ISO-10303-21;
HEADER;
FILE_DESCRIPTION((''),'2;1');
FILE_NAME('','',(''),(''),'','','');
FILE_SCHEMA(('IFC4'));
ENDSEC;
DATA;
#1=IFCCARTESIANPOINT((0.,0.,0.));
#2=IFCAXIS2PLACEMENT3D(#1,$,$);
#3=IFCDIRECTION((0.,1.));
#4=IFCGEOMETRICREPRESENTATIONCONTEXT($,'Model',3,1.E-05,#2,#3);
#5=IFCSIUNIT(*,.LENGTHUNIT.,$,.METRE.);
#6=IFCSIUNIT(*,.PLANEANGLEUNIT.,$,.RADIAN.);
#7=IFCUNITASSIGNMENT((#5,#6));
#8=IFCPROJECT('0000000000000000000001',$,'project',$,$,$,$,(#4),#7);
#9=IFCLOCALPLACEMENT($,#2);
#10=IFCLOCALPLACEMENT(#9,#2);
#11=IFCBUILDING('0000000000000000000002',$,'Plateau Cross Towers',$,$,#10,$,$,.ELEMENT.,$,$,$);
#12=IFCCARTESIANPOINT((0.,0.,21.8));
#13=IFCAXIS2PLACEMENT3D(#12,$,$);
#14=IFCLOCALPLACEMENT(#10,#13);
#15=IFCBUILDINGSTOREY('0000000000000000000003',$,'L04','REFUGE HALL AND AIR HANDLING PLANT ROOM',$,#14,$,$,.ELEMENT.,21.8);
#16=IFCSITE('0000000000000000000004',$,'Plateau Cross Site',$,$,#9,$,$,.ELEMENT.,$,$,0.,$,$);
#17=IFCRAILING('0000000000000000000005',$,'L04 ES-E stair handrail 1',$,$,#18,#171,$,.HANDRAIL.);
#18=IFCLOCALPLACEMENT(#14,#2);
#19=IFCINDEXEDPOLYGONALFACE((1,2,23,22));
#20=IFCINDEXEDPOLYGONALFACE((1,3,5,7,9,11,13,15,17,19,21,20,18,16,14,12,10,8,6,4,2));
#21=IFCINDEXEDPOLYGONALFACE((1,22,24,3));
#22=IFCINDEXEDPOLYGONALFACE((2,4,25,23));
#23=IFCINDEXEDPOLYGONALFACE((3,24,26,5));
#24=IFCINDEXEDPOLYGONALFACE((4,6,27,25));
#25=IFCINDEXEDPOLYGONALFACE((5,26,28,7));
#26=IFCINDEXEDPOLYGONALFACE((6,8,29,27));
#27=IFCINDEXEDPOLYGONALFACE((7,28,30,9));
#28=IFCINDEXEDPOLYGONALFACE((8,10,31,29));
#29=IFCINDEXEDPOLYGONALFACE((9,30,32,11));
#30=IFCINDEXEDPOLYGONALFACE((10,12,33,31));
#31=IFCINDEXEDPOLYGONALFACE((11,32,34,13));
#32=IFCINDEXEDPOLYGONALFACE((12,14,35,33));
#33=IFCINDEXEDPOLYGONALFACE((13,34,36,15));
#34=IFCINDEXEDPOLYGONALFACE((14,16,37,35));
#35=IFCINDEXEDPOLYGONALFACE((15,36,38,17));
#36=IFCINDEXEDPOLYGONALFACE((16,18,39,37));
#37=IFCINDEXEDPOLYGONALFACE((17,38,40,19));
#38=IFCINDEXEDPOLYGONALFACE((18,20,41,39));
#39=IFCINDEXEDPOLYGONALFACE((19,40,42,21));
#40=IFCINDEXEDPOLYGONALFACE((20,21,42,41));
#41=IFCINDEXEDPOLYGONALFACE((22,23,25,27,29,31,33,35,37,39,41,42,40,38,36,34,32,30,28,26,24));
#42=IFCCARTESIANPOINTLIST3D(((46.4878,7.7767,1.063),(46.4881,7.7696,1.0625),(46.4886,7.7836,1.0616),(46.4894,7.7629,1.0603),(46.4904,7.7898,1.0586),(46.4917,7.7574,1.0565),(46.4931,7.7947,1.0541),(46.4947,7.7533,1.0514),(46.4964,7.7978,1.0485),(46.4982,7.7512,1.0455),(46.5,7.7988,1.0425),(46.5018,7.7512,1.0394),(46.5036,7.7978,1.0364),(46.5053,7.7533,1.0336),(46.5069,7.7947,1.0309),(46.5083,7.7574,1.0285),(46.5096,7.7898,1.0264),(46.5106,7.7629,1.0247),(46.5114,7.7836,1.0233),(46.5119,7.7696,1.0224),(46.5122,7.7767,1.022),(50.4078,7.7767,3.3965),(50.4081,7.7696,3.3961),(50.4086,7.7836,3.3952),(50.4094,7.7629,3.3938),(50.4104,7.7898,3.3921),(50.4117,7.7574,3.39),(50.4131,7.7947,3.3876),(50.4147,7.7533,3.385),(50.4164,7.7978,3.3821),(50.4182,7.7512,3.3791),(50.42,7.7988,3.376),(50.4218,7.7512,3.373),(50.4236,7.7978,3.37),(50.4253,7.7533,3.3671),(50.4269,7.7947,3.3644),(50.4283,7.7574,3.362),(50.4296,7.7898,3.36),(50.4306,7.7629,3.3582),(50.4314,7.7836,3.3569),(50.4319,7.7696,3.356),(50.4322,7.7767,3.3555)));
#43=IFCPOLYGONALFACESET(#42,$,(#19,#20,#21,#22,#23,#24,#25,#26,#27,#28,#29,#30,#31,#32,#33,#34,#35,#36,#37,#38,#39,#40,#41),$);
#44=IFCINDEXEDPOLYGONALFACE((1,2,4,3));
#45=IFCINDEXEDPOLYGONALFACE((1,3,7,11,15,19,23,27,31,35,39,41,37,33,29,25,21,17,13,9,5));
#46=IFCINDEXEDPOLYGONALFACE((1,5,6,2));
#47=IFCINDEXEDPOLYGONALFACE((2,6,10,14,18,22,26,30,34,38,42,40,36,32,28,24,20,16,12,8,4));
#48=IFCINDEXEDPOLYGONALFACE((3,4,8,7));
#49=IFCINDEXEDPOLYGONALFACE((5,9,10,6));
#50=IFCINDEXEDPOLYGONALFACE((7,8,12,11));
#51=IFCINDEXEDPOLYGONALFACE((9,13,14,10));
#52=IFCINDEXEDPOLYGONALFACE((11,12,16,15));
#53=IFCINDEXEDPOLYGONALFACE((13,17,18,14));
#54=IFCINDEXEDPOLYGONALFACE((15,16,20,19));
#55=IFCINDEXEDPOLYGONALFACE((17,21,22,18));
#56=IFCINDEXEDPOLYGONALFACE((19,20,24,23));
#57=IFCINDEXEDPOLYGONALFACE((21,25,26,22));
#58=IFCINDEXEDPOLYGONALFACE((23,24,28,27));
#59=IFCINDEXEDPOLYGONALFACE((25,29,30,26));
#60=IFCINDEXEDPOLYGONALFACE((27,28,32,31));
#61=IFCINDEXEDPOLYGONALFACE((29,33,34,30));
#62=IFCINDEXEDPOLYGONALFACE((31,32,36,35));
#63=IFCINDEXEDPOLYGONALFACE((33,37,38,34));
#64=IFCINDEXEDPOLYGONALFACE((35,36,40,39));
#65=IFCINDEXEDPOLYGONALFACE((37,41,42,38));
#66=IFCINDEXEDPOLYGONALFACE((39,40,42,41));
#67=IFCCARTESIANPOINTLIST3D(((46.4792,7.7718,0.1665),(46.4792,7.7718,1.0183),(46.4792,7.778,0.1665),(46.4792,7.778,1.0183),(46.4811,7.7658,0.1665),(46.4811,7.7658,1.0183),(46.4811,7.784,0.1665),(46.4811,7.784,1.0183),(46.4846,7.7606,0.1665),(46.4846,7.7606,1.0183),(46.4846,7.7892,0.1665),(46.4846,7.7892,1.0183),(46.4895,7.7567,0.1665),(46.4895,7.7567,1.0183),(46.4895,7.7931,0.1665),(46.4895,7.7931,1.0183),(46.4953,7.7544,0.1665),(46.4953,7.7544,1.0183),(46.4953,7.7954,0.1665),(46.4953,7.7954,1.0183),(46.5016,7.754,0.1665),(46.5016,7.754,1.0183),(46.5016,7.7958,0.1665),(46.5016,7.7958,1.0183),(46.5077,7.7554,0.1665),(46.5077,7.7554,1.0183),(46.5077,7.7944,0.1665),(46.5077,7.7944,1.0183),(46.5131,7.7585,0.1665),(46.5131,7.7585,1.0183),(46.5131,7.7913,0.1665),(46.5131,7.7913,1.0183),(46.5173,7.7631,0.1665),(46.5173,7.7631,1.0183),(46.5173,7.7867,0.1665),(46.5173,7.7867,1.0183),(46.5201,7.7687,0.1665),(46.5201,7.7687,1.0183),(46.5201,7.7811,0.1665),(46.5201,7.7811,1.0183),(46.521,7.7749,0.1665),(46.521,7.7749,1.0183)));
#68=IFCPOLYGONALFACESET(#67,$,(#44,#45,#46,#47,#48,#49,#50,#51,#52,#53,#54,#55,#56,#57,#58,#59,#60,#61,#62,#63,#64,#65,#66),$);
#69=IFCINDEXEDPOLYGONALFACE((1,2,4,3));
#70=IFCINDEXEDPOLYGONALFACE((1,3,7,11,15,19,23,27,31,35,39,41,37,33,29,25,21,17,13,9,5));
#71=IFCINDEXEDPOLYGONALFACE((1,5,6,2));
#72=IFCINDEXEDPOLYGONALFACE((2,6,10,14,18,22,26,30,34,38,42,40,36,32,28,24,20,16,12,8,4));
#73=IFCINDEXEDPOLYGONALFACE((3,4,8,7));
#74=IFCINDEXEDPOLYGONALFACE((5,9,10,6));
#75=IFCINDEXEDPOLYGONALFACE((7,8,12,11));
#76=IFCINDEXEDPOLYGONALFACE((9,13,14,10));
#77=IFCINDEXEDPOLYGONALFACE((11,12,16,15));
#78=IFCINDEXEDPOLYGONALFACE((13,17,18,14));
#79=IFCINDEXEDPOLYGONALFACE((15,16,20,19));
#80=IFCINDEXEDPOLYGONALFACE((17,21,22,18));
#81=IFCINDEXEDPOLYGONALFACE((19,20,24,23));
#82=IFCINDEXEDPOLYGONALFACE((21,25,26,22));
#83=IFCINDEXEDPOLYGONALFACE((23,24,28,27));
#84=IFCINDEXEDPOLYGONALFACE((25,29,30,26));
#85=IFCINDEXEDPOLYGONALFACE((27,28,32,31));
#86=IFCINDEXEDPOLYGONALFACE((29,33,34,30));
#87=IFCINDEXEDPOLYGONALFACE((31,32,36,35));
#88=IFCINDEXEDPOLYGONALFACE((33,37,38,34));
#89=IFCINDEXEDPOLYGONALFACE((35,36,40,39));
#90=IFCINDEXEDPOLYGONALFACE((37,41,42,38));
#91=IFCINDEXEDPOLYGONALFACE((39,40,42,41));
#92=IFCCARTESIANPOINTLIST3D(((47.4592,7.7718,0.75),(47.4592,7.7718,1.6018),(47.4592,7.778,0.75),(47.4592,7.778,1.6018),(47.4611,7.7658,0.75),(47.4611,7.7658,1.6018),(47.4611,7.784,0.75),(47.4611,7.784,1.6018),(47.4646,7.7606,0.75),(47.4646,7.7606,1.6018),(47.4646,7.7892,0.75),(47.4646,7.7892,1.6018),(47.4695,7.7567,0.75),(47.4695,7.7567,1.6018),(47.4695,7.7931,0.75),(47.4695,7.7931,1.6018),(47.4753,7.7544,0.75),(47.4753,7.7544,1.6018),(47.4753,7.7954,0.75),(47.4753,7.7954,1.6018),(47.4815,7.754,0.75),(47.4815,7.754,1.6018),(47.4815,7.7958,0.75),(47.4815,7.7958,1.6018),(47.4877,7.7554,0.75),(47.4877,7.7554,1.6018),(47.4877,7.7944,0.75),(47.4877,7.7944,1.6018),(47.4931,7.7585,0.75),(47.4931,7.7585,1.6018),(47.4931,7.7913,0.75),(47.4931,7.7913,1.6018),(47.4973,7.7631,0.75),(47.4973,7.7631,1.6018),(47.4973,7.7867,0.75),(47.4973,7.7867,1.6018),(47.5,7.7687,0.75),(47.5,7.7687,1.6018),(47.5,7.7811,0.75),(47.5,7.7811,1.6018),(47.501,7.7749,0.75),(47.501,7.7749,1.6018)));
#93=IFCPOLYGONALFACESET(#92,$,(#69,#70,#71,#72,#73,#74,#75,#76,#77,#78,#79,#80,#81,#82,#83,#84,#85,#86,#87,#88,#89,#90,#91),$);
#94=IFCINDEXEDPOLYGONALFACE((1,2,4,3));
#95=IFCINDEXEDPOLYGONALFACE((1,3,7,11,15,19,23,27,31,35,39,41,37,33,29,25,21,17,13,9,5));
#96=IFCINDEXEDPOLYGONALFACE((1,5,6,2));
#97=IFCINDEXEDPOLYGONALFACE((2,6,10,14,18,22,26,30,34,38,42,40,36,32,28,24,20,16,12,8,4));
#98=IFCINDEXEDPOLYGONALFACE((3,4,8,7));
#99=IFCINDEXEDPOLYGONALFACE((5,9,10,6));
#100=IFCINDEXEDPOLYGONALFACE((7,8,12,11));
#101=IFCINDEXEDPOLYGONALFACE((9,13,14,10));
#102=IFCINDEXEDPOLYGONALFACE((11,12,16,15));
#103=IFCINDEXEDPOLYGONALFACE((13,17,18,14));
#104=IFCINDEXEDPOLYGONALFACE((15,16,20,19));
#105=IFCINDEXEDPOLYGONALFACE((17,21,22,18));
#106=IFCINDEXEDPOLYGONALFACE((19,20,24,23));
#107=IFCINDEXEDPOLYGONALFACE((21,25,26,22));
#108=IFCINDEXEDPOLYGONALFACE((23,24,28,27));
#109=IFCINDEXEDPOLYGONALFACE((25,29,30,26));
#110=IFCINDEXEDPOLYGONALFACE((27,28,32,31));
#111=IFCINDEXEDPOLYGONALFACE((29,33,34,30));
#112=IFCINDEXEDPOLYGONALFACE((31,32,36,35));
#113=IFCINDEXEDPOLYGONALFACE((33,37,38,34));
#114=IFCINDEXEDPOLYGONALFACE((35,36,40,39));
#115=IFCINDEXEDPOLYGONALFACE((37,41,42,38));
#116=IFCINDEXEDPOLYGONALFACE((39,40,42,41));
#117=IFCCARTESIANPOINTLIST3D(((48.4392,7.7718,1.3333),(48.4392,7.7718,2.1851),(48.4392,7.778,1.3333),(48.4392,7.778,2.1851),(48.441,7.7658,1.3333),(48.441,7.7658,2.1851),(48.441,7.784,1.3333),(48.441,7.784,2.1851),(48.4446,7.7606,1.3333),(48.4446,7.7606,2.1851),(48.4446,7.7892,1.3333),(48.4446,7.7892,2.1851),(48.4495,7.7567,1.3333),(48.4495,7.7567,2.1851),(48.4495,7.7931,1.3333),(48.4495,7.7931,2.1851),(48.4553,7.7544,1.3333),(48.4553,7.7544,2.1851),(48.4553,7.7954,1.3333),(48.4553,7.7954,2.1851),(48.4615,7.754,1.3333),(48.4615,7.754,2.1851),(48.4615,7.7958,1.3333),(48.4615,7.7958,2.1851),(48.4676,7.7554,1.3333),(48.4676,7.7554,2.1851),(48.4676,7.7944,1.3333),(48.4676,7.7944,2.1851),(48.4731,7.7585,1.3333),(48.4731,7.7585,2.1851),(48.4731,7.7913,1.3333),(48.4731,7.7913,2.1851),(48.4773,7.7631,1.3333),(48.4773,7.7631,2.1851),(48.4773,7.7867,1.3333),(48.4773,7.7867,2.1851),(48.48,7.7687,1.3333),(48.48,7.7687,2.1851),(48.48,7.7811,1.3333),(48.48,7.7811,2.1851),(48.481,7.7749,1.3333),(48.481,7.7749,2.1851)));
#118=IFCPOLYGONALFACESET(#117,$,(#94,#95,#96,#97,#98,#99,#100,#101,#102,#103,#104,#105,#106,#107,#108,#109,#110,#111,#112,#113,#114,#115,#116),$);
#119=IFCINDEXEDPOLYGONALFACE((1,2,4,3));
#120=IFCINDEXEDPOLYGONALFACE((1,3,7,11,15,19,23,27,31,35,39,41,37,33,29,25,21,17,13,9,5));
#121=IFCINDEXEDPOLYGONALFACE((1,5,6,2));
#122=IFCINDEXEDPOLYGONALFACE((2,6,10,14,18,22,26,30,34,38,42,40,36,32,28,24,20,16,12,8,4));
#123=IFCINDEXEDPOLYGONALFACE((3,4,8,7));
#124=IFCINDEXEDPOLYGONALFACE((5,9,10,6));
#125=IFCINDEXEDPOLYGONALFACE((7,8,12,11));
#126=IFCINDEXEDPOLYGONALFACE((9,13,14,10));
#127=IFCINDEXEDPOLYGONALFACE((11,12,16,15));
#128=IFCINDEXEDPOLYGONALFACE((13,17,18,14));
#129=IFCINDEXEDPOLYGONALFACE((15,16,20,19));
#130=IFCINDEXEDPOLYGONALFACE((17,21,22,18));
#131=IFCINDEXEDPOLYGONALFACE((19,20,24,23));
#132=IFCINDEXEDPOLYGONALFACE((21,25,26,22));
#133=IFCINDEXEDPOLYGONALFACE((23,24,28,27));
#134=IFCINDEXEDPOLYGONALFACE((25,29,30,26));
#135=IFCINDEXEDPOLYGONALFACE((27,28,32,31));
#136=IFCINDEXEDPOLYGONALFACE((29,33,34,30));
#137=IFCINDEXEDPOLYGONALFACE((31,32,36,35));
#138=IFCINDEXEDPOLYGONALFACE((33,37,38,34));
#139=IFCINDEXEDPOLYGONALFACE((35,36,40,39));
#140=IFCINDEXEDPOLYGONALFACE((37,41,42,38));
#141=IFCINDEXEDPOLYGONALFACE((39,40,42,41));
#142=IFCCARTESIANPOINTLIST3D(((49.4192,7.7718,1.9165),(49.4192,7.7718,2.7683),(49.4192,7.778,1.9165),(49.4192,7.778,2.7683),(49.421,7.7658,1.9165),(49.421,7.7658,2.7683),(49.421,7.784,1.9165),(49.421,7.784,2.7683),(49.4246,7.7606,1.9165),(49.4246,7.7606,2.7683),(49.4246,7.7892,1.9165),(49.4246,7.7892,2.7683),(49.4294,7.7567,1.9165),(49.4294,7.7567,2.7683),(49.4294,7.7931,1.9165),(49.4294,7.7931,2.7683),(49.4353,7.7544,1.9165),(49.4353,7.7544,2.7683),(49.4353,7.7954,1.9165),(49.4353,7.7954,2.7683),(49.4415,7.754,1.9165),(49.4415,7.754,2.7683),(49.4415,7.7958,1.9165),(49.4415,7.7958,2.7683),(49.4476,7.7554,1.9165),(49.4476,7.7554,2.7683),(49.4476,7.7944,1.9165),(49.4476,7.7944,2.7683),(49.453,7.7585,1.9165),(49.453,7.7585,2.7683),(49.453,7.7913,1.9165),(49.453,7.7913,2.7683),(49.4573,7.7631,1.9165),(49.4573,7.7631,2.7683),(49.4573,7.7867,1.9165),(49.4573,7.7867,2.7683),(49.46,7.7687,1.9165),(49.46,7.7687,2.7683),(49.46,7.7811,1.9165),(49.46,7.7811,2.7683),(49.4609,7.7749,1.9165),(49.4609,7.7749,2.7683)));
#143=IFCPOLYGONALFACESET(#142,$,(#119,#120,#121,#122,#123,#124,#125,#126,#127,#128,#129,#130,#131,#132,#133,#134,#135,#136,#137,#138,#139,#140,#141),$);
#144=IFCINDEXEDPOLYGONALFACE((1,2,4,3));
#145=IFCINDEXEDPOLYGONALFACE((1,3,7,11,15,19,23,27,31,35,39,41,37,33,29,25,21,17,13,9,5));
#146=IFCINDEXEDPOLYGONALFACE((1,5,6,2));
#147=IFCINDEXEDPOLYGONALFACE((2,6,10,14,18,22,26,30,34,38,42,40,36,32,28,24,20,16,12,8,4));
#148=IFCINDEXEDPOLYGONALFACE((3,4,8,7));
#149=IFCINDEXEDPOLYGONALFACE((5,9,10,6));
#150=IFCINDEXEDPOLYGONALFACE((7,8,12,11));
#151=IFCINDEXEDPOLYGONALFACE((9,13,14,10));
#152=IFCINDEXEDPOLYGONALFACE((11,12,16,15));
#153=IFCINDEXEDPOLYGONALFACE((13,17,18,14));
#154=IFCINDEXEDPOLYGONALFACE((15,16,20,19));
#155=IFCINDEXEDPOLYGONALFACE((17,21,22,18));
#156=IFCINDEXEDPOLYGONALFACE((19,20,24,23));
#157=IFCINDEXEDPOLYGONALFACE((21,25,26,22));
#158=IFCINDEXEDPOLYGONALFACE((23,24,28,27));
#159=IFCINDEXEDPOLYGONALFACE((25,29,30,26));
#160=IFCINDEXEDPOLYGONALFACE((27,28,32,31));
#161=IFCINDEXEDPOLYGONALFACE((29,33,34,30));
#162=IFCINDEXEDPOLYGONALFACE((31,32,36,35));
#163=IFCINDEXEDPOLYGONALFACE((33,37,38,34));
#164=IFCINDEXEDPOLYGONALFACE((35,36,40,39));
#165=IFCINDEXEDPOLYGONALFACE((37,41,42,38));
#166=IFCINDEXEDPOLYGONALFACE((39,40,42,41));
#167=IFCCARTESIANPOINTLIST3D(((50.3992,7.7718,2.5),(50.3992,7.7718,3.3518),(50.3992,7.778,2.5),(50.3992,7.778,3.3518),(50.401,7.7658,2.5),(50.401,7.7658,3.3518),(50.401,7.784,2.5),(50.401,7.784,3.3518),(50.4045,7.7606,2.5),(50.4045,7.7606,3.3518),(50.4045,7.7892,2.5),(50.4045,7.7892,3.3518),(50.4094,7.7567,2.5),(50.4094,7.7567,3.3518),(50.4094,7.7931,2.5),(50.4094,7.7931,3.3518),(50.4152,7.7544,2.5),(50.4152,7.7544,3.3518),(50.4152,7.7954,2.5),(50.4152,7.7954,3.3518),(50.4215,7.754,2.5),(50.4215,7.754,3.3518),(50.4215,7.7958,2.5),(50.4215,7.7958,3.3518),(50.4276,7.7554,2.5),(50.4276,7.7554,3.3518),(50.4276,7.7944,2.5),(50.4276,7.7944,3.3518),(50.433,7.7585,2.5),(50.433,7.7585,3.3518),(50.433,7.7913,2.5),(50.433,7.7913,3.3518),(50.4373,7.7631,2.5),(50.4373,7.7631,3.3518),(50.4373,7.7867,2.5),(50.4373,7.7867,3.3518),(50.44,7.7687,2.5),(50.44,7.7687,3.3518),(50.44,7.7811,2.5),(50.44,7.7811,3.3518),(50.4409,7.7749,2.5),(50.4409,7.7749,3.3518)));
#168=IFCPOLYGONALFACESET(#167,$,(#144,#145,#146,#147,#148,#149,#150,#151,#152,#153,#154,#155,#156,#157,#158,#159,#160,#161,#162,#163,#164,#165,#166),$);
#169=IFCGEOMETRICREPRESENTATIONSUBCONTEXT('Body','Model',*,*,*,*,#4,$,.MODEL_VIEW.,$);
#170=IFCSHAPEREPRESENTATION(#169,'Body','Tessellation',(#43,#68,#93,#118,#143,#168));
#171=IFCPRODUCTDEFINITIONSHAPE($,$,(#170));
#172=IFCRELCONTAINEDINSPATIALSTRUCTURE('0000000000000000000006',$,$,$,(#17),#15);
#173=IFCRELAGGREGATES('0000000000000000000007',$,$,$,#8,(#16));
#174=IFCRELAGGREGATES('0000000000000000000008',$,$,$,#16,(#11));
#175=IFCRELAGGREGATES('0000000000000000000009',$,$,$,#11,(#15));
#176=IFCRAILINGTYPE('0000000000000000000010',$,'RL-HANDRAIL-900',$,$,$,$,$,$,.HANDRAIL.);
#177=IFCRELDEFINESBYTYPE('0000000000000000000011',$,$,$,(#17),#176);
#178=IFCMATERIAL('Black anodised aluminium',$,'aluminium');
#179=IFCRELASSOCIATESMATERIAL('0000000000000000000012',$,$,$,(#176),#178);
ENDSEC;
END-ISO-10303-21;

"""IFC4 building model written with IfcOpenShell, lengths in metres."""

from ifc_helpers import new_model, si_unit, direction, frame, origin, origin_2d, place, context, subcontext, project, spatial, circle, extrude, material, type_object, element, save


model = new_model("IFC4")

# Units and contexts
model_context = context("Model", 3, precision=1e-05, world=origin(), true_north=direction((0.0, 1.0)))
body_context = subcontext(model_context, "Body", "Model", "MODEL_VIEW")
ifc_project = project(units=[si_unit("LENGTHUNIT", "METRE"), si_unit("PLANEANGLEUNIT", "RADIAN")], contexts=[model_context])

# Site, building, storey
site_placement = place(None, origin())
site = spatial("IfcSite", under=ifc_project, at=site_placement, Name="Plateau Cross Site", CompositionType="ELEMENT", RefElevation=0.0)
building_placement = place(site_placement, origin())
building = spatial("IfcBuilding", under=site, at=building_placement, Name="Plateau Cross Towers", CompositionType="ELEMENT")
storey_placement = place(building_placement, frame((0.0, 0.0, 21.8)))
storey = spatial("IfcBuildingStorey", under=building, at=storey_placement, Name="L04", Description="REFUGE HALL AND AIR HANDLING PLANT ROOM", CompositionType="ELEMENT", Elevation=21.8)

# Railing
ifc_material_1 = material(Name="Black anodised aluminium", Category="aluminium")
railing_type_1 = type_object("IfcRailingType", Name="RL-HANDRAIL-900", PredefinedType="HANDRAIL", material=ifc_material_1)
railing_1_placement = place(storey_placement, frame((46.5, 7.7749, 0.1665)))
element("IfcRailing", 1, at=railing_1_placement, inside=storey, type_object=railing_type_1, Name="L04 ES-E stair handrail 1", PredefinedType="HANDRAIL", context=body_context, shape_type="SweptSolid", body=[
    extrude(circle(Radius=0.0239, at=origin_2d()), frame((0.0, 0.0, 0.876), z_axis=(0.859273, 0.0, 0.511518), x_axis=(0.0, 1.0, 0.0)), (0.0, 0.0, 1.0), 4.562),
    extrude(circle(Radius=0.021, at=origin_2d()), origin(), (0.0, 0.0, 1.0), 0.8518),
    extrude(circle(Radius=0.021, at=origin_2d()), frame((0.98, 0.0, 0.5835)), (0.0, 0.0, 1.0), 0.8518),
    extrude(circle(Radius=0.021, at=origin_2d()), frame((1.96, 0.0, 1.1667)), (0.0, 0.0, 1.0), 0.8518),
    extrude(circle(Radius=0.021, at=origin_2d()), frame((2.9399, 0.0, 1.75)), (0.0, 0.0, 1.0), 0.8518),
    extrude(circle(Radius=0.021, at=origin_2d()), frame((3.9199, 0.0, 2.3335)), (0.0, 0.0, 1.0), 0.8518),
])

save(model, "model.ifc")
